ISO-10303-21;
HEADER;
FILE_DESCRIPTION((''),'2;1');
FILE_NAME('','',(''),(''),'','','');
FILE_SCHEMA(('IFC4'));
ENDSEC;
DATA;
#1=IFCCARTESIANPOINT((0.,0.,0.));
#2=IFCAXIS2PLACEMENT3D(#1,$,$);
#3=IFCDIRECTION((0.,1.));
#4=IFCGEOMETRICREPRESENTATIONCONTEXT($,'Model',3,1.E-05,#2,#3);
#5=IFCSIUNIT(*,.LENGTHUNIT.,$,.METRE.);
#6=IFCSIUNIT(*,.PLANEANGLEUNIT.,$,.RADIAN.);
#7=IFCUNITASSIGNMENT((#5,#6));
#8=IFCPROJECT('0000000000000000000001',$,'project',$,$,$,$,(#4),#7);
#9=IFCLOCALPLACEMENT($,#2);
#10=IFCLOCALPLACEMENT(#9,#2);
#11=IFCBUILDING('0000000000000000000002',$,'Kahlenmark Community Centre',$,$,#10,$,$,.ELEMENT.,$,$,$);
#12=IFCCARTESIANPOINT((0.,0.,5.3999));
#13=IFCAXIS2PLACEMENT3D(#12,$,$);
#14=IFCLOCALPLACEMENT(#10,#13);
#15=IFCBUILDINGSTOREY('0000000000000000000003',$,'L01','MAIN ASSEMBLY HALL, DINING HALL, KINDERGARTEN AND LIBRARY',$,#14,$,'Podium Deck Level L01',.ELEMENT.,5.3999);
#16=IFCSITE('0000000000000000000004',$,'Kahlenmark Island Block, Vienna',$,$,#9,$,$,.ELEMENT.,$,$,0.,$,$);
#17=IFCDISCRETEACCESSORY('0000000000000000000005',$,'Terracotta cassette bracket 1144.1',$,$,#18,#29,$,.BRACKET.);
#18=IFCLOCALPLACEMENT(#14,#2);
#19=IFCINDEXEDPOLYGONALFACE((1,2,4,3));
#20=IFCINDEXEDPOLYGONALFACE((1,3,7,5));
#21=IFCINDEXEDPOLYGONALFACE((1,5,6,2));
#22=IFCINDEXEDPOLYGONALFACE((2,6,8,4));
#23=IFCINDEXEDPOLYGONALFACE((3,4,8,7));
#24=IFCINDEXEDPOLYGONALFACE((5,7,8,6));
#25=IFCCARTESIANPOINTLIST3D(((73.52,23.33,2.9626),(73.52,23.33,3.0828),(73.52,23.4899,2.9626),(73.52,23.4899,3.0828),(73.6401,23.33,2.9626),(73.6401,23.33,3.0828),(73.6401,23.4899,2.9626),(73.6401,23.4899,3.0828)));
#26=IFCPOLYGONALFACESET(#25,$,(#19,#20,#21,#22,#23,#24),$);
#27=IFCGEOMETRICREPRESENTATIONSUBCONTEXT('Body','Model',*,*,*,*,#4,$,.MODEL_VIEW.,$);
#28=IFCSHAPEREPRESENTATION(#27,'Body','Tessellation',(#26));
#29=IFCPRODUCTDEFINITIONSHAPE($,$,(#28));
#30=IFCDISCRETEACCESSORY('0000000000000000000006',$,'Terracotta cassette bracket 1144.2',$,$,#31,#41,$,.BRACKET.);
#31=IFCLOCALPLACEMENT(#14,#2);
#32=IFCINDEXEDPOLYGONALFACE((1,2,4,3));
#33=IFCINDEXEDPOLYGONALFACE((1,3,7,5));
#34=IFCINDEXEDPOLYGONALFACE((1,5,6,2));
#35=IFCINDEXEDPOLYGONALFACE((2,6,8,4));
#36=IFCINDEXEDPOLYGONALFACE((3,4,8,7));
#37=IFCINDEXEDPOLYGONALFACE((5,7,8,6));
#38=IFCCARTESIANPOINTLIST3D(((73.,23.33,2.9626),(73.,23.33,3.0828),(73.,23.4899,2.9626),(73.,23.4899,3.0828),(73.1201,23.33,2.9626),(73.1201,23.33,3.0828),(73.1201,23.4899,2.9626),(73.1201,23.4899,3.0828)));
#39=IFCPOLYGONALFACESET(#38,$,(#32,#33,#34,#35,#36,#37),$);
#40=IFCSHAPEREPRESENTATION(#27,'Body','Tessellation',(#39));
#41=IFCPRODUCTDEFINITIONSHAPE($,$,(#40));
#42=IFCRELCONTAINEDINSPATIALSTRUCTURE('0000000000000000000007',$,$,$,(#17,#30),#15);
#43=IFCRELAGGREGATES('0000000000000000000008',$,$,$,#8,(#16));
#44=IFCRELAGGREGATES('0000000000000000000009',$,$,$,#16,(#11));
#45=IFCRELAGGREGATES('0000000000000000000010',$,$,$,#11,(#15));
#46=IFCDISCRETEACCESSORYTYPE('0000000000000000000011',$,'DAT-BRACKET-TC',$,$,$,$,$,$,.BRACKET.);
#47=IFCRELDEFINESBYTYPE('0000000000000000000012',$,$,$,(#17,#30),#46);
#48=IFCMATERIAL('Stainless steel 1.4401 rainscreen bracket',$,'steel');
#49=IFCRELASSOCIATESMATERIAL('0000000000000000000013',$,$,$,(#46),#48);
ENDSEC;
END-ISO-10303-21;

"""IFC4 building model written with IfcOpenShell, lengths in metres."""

from ifc_helpers import new_model, si_unit, direction, frame, origin, origin_2d, place, context, subcontext, project, spatial, rectangle, extrude, material, type_object, element, save


model = new_model("IFC4")

# Units and contexts
model_context = context("Model", 3, precision=1e-05, world=origin(), true_north=direction((0.0, 1.0)))
body_context = subcontext(model_context, "Body", "Model", "MODEL_VIEW")
ifc_project = project(units=[si_unit("LENGTHUNIT", "METRE"), si_unit("PLANEANGLEUNIT", "RADIAN")], contexts=[model_context])

# Site, building, storey
site_placement = place(None, origin())
site = spatial("IfcSite", under=ifc_project, at=site_placement, Name="Kahlenmark Island Block, Vienna", CompositionType="ELEMENT", RefElevation=0.0)
building_placement = place(site_placement, origin())
building = spatial("IfcBuilding", under=site, at=building_placement, Name="Kahlenmark Community Centre", CompositionType="ELEMENT")
storey_placement = place(building_placement, frame((0.0, 0.0, 5.3999)))
storey = spatial("IfcBuildingStorey", under=building, at=storey_placement, Name="L01", Description="MAIN ASSEMBLY HALL, DINING HALL, KINDERGARTEN AND LIBRARY", LongName="Podium Deck Level L01", CompositionType="ELEMENT", Elevation=5.3999)

# Discrete accessories
ifc_material_1 = material(Name="Stainless steel 1.4401 rainscreen bracket", Category="steel")
discrete_accessory_type = type_object("IfcDiscreteAccessoryType", Name="DAT-BRACKET-TC", PredefinedType="BRACKET", material=ifc_material_1)
for number, where, z_axis, x_axis, name in (
    (1, (73.5801, 23.4099, 2.9626), (0.0, 0.0, 1.0), (-1.0, 0.0, 0.0), "Terracotta cassette bracket 1144.1"),
    (2, (73.0601, 23.4099, 2.9626), (0.0, 0.0, 1.0), (-1.0, 0.0, 0.0), "Terracotta cassette bracket 1144.2"),
):
    element("IfcDiscreteAccessory", number, at=place(storey_placement, frame(where, z_axis=z_axis, x_axis=x_axis)), inside=storey, type_object=discrete_accessory_type, Name=name, PredefinedType="BRACKET", context=body_context, shape_type="SweptSolid", body=[
        extrude(rectangle(XDim=0.1201, YDim=0.1599, at=origin_2d()), origin(), (0.0, 0.0, 1.0), 0.1201),
    ])

save(model, "model.ifc")
